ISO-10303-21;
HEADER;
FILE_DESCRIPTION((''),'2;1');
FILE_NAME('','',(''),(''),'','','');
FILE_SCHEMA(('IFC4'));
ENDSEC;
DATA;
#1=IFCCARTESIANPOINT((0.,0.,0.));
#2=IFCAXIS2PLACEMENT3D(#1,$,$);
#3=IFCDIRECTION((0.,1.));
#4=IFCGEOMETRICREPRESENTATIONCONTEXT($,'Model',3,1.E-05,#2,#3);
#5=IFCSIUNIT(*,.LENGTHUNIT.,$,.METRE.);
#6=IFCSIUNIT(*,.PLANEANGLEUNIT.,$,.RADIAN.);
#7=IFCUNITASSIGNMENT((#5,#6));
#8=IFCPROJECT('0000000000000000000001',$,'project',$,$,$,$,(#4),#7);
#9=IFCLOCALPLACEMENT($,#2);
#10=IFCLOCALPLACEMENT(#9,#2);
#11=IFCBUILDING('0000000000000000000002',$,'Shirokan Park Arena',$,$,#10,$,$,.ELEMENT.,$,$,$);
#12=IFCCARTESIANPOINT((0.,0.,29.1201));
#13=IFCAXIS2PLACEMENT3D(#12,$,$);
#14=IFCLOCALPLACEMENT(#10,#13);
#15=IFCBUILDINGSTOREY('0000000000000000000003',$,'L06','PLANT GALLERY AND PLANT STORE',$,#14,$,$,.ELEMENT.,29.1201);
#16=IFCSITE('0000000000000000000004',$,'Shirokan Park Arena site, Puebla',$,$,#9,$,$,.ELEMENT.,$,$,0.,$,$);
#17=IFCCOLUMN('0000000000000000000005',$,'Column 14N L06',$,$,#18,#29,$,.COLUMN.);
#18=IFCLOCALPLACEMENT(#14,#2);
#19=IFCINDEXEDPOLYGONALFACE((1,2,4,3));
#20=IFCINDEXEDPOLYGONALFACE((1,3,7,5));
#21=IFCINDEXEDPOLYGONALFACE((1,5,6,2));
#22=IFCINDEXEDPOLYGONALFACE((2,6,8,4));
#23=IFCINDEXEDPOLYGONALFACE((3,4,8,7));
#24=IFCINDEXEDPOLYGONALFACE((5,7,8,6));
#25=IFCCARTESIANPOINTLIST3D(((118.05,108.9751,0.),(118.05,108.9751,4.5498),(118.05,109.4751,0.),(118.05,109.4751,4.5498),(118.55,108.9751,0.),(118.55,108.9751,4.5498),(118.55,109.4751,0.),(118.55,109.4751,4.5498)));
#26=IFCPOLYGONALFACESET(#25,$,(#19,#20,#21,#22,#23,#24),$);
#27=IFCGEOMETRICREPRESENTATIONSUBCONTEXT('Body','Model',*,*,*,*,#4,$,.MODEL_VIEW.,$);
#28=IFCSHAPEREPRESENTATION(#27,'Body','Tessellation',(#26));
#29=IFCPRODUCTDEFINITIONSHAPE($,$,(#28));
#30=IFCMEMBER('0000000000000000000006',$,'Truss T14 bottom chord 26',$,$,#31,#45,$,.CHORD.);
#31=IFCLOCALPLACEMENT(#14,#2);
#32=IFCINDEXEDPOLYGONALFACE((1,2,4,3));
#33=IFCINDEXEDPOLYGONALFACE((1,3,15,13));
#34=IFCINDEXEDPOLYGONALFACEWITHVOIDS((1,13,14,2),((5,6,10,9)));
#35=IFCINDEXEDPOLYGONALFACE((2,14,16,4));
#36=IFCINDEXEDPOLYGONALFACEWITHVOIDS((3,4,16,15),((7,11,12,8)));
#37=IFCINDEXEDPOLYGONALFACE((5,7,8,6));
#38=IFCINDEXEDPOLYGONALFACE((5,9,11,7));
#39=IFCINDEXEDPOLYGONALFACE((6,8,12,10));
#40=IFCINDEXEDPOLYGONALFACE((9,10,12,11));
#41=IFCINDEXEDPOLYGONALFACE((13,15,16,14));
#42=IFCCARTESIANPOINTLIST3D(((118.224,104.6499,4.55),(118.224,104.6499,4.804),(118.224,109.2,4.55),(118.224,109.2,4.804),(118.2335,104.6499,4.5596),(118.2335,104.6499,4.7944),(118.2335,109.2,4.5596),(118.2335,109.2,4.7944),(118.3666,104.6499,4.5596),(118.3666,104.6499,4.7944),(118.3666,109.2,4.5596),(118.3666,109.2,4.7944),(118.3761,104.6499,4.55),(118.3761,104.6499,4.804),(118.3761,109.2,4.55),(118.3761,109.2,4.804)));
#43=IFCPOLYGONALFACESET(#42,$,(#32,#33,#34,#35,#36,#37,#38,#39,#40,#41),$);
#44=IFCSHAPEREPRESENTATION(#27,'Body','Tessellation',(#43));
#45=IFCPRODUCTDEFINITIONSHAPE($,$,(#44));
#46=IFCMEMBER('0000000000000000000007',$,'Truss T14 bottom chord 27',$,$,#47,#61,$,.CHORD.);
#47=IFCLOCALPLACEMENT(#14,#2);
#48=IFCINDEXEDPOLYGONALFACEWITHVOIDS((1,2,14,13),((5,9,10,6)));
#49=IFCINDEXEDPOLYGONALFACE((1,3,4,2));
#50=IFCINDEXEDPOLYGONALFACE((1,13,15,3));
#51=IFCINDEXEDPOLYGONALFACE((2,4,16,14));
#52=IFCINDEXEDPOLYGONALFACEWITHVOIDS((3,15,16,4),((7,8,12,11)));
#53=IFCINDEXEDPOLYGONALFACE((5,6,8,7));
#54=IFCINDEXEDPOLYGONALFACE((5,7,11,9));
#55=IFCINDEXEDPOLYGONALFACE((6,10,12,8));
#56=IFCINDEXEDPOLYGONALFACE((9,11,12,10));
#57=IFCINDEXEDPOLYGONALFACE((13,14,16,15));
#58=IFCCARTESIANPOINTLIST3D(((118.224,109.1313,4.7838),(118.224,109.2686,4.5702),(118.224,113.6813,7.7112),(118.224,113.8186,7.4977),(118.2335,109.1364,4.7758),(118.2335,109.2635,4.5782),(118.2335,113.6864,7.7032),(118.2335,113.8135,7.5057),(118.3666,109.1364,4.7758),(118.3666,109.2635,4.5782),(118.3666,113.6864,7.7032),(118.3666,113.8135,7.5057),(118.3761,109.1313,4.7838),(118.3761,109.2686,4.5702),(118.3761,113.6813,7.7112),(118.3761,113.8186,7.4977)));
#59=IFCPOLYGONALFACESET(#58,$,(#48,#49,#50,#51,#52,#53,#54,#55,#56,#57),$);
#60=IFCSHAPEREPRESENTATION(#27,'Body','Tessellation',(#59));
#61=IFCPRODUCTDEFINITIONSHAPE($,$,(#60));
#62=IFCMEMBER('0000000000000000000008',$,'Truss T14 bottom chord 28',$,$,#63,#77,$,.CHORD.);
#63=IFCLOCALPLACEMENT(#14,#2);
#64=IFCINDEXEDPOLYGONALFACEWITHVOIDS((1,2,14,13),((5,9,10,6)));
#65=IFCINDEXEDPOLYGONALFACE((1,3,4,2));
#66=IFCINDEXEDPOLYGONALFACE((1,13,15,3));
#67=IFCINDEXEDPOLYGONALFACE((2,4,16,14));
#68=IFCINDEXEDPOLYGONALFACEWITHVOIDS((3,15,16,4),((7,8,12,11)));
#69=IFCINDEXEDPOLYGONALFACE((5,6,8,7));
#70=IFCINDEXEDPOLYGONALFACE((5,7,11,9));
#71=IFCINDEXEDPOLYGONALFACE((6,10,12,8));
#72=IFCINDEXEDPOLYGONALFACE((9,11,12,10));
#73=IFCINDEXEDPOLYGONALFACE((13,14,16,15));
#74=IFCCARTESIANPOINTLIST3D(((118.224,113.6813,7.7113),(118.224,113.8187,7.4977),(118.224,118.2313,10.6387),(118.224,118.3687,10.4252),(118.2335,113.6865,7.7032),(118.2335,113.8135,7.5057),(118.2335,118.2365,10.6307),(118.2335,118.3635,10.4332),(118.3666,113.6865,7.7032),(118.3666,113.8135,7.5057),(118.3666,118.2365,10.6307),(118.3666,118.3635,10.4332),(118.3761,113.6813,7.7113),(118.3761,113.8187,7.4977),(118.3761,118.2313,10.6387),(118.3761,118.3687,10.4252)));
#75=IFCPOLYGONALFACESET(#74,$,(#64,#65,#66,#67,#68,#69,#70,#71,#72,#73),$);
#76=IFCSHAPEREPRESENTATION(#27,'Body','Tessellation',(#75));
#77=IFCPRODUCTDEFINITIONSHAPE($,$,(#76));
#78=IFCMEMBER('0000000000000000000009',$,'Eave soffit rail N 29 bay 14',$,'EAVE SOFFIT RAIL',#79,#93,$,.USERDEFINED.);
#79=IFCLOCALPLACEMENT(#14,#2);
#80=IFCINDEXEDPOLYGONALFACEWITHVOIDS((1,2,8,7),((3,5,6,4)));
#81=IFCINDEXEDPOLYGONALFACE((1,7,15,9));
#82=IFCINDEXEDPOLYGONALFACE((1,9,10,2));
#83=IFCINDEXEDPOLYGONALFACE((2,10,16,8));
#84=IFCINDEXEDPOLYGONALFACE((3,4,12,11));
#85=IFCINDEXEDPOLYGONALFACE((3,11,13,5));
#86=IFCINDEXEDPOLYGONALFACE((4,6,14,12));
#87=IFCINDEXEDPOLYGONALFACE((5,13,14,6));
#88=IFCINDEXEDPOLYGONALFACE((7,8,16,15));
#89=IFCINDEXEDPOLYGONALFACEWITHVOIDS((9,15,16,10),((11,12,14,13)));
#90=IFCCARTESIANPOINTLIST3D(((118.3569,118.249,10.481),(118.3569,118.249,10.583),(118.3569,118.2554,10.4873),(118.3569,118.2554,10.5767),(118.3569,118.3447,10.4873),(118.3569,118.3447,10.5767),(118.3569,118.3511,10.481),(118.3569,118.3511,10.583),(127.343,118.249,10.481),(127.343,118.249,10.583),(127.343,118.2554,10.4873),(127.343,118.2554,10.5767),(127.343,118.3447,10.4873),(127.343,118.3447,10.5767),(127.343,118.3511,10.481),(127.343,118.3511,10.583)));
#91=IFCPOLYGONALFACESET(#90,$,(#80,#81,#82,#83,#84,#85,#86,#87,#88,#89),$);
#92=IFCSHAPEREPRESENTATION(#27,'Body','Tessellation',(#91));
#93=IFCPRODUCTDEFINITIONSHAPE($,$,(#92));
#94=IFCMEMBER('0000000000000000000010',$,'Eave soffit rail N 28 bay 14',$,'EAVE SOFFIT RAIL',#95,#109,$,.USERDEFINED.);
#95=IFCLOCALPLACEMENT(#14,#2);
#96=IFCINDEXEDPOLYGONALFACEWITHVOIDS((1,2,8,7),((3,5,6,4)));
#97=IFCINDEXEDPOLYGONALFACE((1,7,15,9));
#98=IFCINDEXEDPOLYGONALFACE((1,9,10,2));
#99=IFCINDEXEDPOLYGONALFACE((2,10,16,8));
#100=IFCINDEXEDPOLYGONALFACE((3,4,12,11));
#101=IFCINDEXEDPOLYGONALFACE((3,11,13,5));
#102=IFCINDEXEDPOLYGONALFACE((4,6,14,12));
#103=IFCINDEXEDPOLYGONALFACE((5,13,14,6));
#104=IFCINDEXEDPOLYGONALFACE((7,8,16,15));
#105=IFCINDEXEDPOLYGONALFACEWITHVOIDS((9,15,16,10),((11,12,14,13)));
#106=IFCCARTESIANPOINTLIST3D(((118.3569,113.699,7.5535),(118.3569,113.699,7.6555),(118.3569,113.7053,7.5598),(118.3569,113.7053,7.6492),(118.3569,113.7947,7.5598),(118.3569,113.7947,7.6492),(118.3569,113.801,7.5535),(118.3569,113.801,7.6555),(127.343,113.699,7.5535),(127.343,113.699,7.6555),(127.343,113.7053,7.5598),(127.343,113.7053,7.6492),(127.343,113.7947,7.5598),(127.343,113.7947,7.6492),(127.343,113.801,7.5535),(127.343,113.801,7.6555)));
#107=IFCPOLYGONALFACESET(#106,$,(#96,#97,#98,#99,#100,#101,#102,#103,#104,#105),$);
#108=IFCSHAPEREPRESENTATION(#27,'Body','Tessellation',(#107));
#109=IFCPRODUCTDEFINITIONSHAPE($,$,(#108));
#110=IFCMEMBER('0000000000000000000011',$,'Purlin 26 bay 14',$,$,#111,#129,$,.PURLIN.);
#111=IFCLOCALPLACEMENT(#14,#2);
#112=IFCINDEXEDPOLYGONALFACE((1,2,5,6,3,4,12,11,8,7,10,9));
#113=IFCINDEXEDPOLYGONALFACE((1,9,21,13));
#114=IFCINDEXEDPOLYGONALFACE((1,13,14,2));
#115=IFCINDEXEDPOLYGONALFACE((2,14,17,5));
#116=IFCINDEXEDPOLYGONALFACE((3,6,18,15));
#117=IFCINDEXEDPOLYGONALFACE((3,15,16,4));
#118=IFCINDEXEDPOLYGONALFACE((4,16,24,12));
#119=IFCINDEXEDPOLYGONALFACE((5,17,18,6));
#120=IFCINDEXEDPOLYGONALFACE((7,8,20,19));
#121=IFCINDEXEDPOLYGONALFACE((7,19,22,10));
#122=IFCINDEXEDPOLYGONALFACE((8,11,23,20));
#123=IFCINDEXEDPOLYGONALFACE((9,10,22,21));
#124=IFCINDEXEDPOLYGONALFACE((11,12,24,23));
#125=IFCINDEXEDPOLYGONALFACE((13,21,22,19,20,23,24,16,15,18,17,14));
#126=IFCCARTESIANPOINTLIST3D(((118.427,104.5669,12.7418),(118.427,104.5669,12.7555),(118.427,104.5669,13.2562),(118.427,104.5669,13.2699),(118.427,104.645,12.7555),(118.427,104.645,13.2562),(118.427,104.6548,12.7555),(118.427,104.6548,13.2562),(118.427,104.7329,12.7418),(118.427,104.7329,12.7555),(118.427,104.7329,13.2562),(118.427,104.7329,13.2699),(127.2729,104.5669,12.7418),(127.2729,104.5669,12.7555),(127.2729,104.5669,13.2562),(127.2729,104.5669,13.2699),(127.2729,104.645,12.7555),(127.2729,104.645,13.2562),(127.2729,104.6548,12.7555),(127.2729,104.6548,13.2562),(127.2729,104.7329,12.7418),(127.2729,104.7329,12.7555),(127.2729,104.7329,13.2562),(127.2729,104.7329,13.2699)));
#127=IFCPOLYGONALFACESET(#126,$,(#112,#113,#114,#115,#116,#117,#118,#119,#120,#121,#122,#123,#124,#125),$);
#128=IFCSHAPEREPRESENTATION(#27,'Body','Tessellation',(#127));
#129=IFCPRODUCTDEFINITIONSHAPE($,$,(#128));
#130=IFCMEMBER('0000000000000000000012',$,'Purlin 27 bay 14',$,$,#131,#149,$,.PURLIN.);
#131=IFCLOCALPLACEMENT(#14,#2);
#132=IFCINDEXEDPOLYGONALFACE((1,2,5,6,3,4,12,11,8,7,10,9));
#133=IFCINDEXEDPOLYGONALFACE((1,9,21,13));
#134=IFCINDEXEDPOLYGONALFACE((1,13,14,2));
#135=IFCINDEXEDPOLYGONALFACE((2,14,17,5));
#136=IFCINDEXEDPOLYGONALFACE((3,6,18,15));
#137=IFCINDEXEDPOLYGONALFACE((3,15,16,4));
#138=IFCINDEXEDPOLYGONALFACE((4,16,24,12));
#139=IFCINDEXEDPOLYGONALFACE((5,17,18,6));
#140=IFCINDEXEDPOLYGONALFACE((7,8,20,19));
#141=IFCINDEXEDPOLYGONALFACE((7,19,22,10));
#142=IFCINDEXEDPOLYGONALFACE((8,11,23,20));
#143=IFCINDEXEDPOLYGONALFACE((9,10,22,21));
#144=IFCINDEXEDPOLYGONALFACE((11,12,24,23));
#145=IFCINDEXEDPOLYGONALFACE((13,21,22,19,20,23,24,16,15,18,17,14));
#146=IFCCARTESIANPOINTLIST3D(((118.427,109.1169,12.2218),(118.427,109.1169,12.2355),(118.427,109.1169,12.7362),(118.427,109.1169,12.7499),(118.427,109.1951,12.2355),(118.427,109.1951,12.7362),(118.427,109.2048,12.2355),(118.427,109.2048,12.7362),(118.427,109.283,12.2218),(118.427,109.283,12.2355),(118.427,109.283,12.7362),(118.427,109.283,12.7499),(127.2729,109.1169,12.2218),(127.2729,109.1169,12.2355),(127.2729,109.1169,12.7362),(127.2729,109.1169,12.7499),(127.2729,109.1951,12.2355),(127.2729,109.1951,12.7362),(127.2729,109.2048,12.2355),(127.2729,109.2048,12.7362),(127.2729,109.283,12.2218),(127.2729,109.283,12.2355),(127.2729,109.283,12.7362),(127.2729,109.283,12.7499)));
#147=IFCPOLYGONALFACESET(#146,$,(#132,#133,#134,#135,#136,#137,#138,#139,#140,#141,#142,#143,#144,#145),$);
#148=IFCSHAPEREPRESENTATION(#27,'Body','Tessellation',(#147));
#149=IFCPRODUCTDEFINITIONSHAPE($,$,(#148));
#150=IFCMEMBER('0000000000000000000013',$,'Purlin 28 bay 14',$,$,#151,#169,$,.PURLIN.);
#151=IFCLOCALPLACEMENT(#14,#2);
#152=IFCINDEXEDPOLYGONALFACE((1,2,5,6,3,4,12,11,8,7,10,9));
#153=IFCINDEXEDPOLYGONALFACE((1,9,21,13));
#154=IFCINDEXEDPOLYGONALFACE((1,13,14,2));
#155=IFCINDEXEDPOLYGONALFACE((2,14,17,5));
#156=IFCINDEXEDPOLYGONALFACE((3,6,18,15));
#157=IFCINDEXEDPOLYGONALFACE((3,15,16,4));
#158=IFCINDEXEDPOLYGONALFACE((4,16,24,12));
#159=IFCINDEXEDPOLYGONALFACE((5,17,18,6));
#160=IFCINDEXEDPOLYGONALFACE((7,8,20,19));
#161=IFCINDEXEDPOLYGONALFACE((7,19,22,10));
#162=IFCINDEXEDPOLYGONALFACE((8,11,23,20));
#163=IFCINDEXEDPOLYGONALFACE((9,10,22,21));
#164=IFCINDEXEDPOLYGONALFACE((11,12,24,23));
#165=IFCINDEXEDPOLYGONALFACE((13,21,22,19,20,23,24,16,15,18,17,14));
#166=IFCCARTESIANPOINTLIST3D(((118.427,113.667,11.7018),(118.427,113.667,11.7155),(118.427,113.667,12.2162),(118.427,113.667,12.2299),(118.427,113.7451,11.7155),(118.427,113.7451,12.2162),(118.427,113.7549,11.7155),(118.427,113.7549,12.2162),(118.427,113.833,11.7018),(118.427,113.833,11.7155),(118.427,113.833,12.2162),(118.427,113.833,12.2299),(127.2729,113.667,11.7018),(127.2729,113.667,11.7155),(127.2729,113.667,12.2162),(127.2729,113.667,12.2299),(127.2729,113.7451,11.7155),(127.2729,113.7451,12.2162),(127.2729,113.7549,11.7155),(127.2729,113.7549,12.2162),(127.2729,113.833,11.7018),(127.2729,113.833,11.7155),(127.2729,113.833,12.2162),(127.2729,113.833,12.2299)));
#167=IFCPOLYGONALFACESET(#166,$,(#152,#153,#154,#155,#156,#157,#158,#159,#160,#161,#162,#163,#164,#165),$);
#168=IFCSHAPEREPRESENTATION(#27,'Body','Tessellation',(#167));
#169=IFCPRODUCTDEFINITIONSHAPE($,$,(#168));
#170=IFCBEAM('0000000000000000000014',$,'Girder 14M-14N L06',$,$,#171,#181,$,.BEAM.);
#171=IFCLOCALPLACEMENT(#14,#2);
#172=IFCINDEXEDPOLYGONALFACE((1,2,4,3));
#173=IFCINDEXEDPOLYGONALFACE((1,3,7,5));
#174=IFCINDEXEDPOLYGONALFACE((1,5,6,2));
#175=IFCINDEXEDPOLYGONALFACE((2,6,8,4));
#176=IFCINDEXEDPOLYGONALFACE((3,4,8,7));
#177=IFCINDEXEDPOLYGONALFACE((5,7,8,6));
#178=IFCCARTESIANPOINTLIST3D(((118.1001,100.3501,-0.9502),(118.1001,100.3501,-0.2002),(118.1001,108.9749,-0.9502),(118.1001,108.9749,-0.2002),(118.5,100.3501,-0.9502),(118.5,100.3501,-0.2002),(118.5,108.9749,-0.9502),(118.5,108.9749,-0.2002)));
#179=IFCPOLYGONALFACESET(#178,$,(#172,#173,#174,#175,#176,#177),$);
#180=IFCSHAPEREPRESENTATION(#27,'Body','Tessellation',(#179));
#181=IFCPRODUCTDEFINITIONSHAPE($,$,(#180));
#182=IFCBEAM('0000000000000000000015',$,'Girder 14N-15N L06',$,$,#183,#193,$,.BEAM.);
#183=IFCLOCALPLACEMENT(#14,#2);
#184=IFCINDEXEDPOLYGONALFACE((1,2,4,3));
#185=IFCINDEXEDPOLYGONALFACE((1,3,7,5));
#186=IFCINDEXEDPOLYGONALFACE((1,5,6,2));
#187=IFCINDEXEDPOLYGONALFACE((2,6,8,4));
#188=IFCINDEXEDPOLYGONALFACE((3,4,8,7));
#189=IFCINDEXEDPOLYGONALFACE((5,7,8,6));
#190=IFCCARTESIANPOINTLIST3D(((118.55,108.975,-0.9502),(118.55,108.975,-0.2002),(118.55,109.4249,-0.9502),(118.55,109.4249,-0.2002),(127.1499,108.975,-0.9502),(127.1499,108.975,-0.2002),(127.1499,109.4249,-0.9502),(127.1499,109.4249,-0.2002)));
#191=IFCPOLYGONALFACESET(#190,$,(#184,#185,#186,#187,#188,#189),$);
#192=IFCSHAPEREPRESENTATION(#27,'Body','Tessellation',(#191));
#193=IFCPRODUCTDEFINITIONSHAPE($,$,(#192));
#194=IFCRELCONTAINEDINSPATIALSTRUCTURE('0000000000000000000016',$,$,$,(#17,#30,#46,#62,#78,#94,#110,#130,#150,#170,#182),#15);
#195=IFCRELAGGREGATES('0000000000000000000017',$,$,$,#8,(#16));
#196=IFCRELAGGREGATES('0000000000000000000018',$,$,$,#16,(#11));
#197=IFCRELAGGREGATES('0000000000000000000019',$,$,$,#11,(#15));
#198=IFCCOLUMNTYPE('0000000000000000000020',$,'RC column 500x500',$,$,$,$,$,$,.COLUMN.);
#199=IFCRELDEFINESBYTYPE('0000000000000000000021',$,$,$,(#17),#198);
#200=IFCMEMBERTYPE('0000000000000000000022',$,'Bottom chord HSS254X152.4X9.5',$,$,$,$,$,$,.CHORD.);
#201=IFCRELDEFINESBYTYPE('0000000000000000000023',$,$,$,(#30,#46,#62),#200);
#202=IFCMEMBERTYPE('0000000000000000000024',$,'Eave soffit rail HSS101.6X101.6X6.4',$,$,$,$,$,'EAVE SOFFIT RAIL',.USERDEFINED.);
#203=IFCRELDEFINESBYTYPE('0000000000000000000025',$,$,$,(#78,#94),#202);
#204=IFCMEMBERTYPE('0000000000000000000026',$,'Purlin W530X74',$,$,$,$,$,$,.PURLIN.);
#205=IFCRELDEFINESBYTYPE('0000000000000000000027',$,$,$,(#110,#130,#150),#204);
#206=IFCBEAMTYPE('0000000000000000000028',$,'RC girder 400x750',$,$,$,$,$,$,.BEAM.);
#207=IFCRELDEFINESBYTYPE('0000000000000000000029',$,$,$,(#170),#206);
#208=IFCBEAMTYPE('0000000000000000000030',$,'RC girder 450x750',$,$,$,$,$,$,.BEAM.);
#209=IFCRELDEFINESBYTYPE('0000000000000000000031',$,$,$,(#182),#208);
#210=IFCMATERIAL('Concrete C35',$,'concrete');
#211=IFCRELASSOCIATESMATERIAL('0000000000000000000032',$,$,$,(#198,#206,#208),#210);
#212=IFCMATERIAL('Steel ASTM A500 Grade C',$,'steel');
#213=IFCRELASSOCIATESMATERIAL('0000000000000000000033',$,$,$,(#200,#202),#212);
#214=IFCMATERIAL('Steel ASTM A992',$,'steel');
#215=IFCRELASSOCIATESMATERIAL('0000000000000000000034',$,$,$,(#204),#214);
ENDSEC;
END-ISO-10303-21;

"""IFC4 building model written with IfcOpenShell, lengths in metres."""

from ifc_helpers import new_model, si_unit, direction, frame, origin, origin_2d, place, context, subcontext, project, spatial, rectangle, hollow_rectangle, i_section, extrude, material, material_profile, profile_set, type_object, element, save


model = new_model("IFC4")

# Units and contexts
model_context = context("Model", 3, precision=1e-05, world=origin(), true_north=direction((0.0, 1.0)))
body_context = subcontext(model_context, "Body", "Model", "MODEL_VIEW")
ifc_project = project(units=[si_unit("LENGTHUNIT", "METRE"), si_unit("PLANEANGLEUNIT", "RADIAN")], contexts=[model_context])

# Site, building, storey
site_placement = place(None, origin())
site = spatial("IfcSite", under=ifc_project, at=site_placement, Name="Shirokan Park Arena site, Puebla", CompositionType="ELEMENT", RefElevation=0.0)
building_placement = place(site_placement, origin())
building = spatial("IfcBuilding", under=site, at=building_placement, Name="Shirokan Park Arena", CompositionType="ELEMENT")
storey_placement = place(building_placement, frame((0.0, 0.0, 29.1201)))
storey = spatial("IfcBuildingStorey", under=building, at=storey_placement, Name="L06", Description="PLANT GALLERY AND PLANT STORE", CompositionType="ELEMENT", Elevation=29.1201)

# Column
ifc_material_1 = material(Name="Concrete C35", Category="concrete")
ifc_material_profile_1 = material_profile(ifc_material_1, rectangle(XDim=0.5, YDim=0.5, at=origin_2d()), Name="500x500")
ifc_profile_set_1 = profile_set([ifc_material_profile_1], Name="Concrete C35")
column_type = type_object("IfcColumnType", Name="RC column 500x500", PredefinedType="COLUMN", material=ifc_profile_set_1)
column_placement = place(storey_placement, frame((118.3, 109.2251, 0.0), z_axis=(0.0, 0.0, 1.0), x_axis=(1.0, 0.0, 0.0)))
element("IfcColumn", 1, at=column_placement, inside=storey, type_object=column_type, Name="Column 14N L06", PredefinedType="COLUMN", context=body_context, shape_type="SweptSolid", body=[
    extrude(rectangle(XDim=0.5, YDim=0.5, at=origin_2d()), origin(), (0.0, 0.0, 1.0), 4.5498),
])

# Members
ifc_material_2 = material(Name="Steel ASTM A500 Grade C", Category="steel")
ifc_material_profile_2 = material_profile(ifc_material_2, hollow_rectangle(XDim=0.1521, YDim=0.2539, WallThickness=0.0095, at=origin_2d()), Name="HSS254X152.4X9.5")
ifc_profile_set_2 = profile_set([ifc_material_profile_2], Name="Steel ASTM A500 Grade C")
member_type_1 = type_object("IfcMemberType", Name="Bottom chord HSS254X152.4X9.5", PredefinedType="CHORD", material=ifc_profile_set_2)
member_1_placement = place(storey_placement, frame((118.3, 104.6499, 4.677), z_axis=(0.0, 1.0, 0.0), x_axis=(-1.0, 0.0, 0.0)))
element("IfcMember", 2, at=member_1_placement, inside=storey, type_object=member_type_1, Name="Truss T14 bottom chord 26", PredefinedType="CHORD", context=body_context, shape_type="SweptSolid", body=[
    extrude(hollow_rectangle(XDim=0.1521, YDim=0.2539, WallThickness=0.0095, at=origin_2d()), origin(), (0.0, 0.0, 1.0), 4.55),
])
for number, where, z_axis, x_axis, name in (
    (3, (118.3, 109.2, 4.677), (0.0, 0.840972, 0.541079), (-1.0, 0.0, 0.0), "Truss T14 bottom chord 27"),
    (4, (118.3, 113.75, 7.6045), (0.0, 0.840972, 0.541079), (-1.0, 0.0, 0.0), "Truss T14 bottom chord 28"),
):
    element("IfcMember", number, at=place(storey_placement, frame(where, z_axis=z_axis, x_axis=x_axis)), inside=storey, type_object=member_type_1, Name=name, PredefinedType="CHORD", context=body_context, shape_type="SweptSolid", body=[
        extrude(hollow_rectangle(XDim=0.1521, YDim=0.2539, WallThickness=0.0095, at=origin_2d()), origin(), (0.0, 0.0, 1.0), 5.4104),
    ])
ifc_material_profile_3 = material_profile(ifc_material_2, hollow_rectangle(XDim=0.1021, YDim=0.1021, WallThickness=0.0063, at=origin_2d()), Name="HSS101.6X101.6X6.4")
ifc_profile_set_3 = profile_set([ifc_material_profile_3], Name="Steel ASTM A500 Grade C")
member_type_2 = type_object("IfcMemberType", Name="Eave soffit rail HSS101.6X101.6X6.4", ElementType="EAVE SOFFIT RAIL", PredefinedType="USERDEFINED", material=ifc_profile_set_3)
for number, where, z_axis, x_axis, name in (
    (5, (118.3569, 118.3, 10.532), (1.0, 0.0, 0.0), (0.0, 1.0, 0.0), "Eave soffit rail N 29 bay 14"),
    (6, (118.3569, 113.75, 7.6045), (1.0, 0.0, 0.0), (0.0, 1.0, 0.0), "Eave soffit rail N 28 bay 14"),
):
    element("IfcMember", number, at=place(storey_placement, frame(where, z_axis=z_axis, x_axis=x_axis)), inside=storey, type_object=member_type_2, Name=name, ObjectType="EAVE SOFFIT RAIL", PredefinedType="USERDEFINED", context=body_context, shape_type="SweptSolid", body=[
        extrude(hollow_rectangle(XDim=0.1021, YDim=0.1021, WallThickness=0.0063, at=origin_2d()), origin(), (0.0, 0.0, 1.0), 8.9861),
    ])
ifc_material_3 = material(Name="Steel ASTM A992", Category="steel")
ifc_material_profile_4 = material_profile(ifc_material_3, i_section(OverallWidth=0.166, OverallDepth=0.5281, WebThickness=0.0098, FlangeThickness=0.0137, at=origin_2d()), Name="W530X74")
ifc_profile_set_4 = profile_set([ifc_material_profile_4], Name="Steel ASTM A992")
member_type_3 = type_object("IfcMemberType", Name="Purlin W530X74", PredefinedType="PURLIN", material=ifc_profile_set_4)
for number, where, z_axis, x_axis, name in (
    (7, (118.427, 104.6499, 13.0059), (1.0, 0.0, 0.0), (0.0, 1.0, 0.0), "Purlin 26 bay 14"),
    (8, (118.427, 109.2, 12.4858), (1.0, 0.0, 0.0), (0.0, 1.0, 0.0), "Purlin 27 bay 14"),
    (9, (118.427, 113.75, 11.9658), (1.0, 0.0, 0.0), (0.0, 1.0, 0.0), "Purlin 28 bay 14"),
):
    element("IfcMember", number, at=place(storey_placement, frame(where, z_axis=z_axis, x_axis=x_axis)), inside=storey, type_object=member_type_3, Name=name, PredefinedType="PURLIN", context=body_context, shape_type="SweptSolid", body=[
        extrude(i_section(OverallWidth=0.166, OverallDepth=0.5281, WebThickness=0.0098, FlangeThickness=0.0137, at=origin_2d()), origin(), (0.0, 0.0, 1.0), 8.8459),
    ])

# Beams
ifc_material_profile_5 = material_profile(ifc_material_1, rectangle(XDim=0.3999, YDim=0.75, at=origin_2d()), Name="400x750")
ifc_profile_set_5 = profile_set([ifc_material_profile_5], Name="Concrete C35")
beam_type_1 = type_object("IfcBeamType", Name="RC girder 400x750", PredefinedType="BEAM", material=ifc_profile_set_5)
beam_1_placement = place(storey_placement, frame((118.3, 100.3501, -0.5752), z_axis=(0.0, 1.0, 0.0), x_axis=(-1.0, 0.0, 0.0)))
element("IfcBeam", 10, at=beam_1_placement, inside=storey, type_object=beam_type_1, Name="Girder 14M-14N L06", PredefinedType="BEAM", context=body_context, shape_type="SweptSolid", body=[
    extrude(rectangle(XDim=0.3999, YDim=0.75, at=origin_2d()), origin(), (0.0, 0.0, 1.0), 8.6248),
])
ifc_material_profile_6 = material_profile(ifc_material_1, rectangle(XDim=0.45, YDim=0.75, at=origin_2d()), Name="450x750")
ifc_profile_set_6 = profile_set([ifc_material_profile_6], Name="Concrete C35")
beam_type_2 = type_object("IfcBeamType", Name="RC girder 450x750", PredefinedType="BEAM", material=ifc_profile_set_6)
beam_2_placement = place(storey_placement, frame((118.55, 109.2, -0.5752), z_axis=(1.0, 0.0, 0.0), x_axis=(0.0, 1.0, 0.0)))
element("IfcBeam", 11, at=beam_2_placement, inside=storey, type_object=beam_type_2, Name="Girder 14N-15N L06", PredefinedType="BEAM", context=body_context, shape_type="SweptSolid", body=[
    extrude(rectangle(XDim=0.45, YDim=0.75, at=origin_2d()), origin(), (0.0, 0.0, 1.0), 8.5999),
])

save(model, "model.ifc")
